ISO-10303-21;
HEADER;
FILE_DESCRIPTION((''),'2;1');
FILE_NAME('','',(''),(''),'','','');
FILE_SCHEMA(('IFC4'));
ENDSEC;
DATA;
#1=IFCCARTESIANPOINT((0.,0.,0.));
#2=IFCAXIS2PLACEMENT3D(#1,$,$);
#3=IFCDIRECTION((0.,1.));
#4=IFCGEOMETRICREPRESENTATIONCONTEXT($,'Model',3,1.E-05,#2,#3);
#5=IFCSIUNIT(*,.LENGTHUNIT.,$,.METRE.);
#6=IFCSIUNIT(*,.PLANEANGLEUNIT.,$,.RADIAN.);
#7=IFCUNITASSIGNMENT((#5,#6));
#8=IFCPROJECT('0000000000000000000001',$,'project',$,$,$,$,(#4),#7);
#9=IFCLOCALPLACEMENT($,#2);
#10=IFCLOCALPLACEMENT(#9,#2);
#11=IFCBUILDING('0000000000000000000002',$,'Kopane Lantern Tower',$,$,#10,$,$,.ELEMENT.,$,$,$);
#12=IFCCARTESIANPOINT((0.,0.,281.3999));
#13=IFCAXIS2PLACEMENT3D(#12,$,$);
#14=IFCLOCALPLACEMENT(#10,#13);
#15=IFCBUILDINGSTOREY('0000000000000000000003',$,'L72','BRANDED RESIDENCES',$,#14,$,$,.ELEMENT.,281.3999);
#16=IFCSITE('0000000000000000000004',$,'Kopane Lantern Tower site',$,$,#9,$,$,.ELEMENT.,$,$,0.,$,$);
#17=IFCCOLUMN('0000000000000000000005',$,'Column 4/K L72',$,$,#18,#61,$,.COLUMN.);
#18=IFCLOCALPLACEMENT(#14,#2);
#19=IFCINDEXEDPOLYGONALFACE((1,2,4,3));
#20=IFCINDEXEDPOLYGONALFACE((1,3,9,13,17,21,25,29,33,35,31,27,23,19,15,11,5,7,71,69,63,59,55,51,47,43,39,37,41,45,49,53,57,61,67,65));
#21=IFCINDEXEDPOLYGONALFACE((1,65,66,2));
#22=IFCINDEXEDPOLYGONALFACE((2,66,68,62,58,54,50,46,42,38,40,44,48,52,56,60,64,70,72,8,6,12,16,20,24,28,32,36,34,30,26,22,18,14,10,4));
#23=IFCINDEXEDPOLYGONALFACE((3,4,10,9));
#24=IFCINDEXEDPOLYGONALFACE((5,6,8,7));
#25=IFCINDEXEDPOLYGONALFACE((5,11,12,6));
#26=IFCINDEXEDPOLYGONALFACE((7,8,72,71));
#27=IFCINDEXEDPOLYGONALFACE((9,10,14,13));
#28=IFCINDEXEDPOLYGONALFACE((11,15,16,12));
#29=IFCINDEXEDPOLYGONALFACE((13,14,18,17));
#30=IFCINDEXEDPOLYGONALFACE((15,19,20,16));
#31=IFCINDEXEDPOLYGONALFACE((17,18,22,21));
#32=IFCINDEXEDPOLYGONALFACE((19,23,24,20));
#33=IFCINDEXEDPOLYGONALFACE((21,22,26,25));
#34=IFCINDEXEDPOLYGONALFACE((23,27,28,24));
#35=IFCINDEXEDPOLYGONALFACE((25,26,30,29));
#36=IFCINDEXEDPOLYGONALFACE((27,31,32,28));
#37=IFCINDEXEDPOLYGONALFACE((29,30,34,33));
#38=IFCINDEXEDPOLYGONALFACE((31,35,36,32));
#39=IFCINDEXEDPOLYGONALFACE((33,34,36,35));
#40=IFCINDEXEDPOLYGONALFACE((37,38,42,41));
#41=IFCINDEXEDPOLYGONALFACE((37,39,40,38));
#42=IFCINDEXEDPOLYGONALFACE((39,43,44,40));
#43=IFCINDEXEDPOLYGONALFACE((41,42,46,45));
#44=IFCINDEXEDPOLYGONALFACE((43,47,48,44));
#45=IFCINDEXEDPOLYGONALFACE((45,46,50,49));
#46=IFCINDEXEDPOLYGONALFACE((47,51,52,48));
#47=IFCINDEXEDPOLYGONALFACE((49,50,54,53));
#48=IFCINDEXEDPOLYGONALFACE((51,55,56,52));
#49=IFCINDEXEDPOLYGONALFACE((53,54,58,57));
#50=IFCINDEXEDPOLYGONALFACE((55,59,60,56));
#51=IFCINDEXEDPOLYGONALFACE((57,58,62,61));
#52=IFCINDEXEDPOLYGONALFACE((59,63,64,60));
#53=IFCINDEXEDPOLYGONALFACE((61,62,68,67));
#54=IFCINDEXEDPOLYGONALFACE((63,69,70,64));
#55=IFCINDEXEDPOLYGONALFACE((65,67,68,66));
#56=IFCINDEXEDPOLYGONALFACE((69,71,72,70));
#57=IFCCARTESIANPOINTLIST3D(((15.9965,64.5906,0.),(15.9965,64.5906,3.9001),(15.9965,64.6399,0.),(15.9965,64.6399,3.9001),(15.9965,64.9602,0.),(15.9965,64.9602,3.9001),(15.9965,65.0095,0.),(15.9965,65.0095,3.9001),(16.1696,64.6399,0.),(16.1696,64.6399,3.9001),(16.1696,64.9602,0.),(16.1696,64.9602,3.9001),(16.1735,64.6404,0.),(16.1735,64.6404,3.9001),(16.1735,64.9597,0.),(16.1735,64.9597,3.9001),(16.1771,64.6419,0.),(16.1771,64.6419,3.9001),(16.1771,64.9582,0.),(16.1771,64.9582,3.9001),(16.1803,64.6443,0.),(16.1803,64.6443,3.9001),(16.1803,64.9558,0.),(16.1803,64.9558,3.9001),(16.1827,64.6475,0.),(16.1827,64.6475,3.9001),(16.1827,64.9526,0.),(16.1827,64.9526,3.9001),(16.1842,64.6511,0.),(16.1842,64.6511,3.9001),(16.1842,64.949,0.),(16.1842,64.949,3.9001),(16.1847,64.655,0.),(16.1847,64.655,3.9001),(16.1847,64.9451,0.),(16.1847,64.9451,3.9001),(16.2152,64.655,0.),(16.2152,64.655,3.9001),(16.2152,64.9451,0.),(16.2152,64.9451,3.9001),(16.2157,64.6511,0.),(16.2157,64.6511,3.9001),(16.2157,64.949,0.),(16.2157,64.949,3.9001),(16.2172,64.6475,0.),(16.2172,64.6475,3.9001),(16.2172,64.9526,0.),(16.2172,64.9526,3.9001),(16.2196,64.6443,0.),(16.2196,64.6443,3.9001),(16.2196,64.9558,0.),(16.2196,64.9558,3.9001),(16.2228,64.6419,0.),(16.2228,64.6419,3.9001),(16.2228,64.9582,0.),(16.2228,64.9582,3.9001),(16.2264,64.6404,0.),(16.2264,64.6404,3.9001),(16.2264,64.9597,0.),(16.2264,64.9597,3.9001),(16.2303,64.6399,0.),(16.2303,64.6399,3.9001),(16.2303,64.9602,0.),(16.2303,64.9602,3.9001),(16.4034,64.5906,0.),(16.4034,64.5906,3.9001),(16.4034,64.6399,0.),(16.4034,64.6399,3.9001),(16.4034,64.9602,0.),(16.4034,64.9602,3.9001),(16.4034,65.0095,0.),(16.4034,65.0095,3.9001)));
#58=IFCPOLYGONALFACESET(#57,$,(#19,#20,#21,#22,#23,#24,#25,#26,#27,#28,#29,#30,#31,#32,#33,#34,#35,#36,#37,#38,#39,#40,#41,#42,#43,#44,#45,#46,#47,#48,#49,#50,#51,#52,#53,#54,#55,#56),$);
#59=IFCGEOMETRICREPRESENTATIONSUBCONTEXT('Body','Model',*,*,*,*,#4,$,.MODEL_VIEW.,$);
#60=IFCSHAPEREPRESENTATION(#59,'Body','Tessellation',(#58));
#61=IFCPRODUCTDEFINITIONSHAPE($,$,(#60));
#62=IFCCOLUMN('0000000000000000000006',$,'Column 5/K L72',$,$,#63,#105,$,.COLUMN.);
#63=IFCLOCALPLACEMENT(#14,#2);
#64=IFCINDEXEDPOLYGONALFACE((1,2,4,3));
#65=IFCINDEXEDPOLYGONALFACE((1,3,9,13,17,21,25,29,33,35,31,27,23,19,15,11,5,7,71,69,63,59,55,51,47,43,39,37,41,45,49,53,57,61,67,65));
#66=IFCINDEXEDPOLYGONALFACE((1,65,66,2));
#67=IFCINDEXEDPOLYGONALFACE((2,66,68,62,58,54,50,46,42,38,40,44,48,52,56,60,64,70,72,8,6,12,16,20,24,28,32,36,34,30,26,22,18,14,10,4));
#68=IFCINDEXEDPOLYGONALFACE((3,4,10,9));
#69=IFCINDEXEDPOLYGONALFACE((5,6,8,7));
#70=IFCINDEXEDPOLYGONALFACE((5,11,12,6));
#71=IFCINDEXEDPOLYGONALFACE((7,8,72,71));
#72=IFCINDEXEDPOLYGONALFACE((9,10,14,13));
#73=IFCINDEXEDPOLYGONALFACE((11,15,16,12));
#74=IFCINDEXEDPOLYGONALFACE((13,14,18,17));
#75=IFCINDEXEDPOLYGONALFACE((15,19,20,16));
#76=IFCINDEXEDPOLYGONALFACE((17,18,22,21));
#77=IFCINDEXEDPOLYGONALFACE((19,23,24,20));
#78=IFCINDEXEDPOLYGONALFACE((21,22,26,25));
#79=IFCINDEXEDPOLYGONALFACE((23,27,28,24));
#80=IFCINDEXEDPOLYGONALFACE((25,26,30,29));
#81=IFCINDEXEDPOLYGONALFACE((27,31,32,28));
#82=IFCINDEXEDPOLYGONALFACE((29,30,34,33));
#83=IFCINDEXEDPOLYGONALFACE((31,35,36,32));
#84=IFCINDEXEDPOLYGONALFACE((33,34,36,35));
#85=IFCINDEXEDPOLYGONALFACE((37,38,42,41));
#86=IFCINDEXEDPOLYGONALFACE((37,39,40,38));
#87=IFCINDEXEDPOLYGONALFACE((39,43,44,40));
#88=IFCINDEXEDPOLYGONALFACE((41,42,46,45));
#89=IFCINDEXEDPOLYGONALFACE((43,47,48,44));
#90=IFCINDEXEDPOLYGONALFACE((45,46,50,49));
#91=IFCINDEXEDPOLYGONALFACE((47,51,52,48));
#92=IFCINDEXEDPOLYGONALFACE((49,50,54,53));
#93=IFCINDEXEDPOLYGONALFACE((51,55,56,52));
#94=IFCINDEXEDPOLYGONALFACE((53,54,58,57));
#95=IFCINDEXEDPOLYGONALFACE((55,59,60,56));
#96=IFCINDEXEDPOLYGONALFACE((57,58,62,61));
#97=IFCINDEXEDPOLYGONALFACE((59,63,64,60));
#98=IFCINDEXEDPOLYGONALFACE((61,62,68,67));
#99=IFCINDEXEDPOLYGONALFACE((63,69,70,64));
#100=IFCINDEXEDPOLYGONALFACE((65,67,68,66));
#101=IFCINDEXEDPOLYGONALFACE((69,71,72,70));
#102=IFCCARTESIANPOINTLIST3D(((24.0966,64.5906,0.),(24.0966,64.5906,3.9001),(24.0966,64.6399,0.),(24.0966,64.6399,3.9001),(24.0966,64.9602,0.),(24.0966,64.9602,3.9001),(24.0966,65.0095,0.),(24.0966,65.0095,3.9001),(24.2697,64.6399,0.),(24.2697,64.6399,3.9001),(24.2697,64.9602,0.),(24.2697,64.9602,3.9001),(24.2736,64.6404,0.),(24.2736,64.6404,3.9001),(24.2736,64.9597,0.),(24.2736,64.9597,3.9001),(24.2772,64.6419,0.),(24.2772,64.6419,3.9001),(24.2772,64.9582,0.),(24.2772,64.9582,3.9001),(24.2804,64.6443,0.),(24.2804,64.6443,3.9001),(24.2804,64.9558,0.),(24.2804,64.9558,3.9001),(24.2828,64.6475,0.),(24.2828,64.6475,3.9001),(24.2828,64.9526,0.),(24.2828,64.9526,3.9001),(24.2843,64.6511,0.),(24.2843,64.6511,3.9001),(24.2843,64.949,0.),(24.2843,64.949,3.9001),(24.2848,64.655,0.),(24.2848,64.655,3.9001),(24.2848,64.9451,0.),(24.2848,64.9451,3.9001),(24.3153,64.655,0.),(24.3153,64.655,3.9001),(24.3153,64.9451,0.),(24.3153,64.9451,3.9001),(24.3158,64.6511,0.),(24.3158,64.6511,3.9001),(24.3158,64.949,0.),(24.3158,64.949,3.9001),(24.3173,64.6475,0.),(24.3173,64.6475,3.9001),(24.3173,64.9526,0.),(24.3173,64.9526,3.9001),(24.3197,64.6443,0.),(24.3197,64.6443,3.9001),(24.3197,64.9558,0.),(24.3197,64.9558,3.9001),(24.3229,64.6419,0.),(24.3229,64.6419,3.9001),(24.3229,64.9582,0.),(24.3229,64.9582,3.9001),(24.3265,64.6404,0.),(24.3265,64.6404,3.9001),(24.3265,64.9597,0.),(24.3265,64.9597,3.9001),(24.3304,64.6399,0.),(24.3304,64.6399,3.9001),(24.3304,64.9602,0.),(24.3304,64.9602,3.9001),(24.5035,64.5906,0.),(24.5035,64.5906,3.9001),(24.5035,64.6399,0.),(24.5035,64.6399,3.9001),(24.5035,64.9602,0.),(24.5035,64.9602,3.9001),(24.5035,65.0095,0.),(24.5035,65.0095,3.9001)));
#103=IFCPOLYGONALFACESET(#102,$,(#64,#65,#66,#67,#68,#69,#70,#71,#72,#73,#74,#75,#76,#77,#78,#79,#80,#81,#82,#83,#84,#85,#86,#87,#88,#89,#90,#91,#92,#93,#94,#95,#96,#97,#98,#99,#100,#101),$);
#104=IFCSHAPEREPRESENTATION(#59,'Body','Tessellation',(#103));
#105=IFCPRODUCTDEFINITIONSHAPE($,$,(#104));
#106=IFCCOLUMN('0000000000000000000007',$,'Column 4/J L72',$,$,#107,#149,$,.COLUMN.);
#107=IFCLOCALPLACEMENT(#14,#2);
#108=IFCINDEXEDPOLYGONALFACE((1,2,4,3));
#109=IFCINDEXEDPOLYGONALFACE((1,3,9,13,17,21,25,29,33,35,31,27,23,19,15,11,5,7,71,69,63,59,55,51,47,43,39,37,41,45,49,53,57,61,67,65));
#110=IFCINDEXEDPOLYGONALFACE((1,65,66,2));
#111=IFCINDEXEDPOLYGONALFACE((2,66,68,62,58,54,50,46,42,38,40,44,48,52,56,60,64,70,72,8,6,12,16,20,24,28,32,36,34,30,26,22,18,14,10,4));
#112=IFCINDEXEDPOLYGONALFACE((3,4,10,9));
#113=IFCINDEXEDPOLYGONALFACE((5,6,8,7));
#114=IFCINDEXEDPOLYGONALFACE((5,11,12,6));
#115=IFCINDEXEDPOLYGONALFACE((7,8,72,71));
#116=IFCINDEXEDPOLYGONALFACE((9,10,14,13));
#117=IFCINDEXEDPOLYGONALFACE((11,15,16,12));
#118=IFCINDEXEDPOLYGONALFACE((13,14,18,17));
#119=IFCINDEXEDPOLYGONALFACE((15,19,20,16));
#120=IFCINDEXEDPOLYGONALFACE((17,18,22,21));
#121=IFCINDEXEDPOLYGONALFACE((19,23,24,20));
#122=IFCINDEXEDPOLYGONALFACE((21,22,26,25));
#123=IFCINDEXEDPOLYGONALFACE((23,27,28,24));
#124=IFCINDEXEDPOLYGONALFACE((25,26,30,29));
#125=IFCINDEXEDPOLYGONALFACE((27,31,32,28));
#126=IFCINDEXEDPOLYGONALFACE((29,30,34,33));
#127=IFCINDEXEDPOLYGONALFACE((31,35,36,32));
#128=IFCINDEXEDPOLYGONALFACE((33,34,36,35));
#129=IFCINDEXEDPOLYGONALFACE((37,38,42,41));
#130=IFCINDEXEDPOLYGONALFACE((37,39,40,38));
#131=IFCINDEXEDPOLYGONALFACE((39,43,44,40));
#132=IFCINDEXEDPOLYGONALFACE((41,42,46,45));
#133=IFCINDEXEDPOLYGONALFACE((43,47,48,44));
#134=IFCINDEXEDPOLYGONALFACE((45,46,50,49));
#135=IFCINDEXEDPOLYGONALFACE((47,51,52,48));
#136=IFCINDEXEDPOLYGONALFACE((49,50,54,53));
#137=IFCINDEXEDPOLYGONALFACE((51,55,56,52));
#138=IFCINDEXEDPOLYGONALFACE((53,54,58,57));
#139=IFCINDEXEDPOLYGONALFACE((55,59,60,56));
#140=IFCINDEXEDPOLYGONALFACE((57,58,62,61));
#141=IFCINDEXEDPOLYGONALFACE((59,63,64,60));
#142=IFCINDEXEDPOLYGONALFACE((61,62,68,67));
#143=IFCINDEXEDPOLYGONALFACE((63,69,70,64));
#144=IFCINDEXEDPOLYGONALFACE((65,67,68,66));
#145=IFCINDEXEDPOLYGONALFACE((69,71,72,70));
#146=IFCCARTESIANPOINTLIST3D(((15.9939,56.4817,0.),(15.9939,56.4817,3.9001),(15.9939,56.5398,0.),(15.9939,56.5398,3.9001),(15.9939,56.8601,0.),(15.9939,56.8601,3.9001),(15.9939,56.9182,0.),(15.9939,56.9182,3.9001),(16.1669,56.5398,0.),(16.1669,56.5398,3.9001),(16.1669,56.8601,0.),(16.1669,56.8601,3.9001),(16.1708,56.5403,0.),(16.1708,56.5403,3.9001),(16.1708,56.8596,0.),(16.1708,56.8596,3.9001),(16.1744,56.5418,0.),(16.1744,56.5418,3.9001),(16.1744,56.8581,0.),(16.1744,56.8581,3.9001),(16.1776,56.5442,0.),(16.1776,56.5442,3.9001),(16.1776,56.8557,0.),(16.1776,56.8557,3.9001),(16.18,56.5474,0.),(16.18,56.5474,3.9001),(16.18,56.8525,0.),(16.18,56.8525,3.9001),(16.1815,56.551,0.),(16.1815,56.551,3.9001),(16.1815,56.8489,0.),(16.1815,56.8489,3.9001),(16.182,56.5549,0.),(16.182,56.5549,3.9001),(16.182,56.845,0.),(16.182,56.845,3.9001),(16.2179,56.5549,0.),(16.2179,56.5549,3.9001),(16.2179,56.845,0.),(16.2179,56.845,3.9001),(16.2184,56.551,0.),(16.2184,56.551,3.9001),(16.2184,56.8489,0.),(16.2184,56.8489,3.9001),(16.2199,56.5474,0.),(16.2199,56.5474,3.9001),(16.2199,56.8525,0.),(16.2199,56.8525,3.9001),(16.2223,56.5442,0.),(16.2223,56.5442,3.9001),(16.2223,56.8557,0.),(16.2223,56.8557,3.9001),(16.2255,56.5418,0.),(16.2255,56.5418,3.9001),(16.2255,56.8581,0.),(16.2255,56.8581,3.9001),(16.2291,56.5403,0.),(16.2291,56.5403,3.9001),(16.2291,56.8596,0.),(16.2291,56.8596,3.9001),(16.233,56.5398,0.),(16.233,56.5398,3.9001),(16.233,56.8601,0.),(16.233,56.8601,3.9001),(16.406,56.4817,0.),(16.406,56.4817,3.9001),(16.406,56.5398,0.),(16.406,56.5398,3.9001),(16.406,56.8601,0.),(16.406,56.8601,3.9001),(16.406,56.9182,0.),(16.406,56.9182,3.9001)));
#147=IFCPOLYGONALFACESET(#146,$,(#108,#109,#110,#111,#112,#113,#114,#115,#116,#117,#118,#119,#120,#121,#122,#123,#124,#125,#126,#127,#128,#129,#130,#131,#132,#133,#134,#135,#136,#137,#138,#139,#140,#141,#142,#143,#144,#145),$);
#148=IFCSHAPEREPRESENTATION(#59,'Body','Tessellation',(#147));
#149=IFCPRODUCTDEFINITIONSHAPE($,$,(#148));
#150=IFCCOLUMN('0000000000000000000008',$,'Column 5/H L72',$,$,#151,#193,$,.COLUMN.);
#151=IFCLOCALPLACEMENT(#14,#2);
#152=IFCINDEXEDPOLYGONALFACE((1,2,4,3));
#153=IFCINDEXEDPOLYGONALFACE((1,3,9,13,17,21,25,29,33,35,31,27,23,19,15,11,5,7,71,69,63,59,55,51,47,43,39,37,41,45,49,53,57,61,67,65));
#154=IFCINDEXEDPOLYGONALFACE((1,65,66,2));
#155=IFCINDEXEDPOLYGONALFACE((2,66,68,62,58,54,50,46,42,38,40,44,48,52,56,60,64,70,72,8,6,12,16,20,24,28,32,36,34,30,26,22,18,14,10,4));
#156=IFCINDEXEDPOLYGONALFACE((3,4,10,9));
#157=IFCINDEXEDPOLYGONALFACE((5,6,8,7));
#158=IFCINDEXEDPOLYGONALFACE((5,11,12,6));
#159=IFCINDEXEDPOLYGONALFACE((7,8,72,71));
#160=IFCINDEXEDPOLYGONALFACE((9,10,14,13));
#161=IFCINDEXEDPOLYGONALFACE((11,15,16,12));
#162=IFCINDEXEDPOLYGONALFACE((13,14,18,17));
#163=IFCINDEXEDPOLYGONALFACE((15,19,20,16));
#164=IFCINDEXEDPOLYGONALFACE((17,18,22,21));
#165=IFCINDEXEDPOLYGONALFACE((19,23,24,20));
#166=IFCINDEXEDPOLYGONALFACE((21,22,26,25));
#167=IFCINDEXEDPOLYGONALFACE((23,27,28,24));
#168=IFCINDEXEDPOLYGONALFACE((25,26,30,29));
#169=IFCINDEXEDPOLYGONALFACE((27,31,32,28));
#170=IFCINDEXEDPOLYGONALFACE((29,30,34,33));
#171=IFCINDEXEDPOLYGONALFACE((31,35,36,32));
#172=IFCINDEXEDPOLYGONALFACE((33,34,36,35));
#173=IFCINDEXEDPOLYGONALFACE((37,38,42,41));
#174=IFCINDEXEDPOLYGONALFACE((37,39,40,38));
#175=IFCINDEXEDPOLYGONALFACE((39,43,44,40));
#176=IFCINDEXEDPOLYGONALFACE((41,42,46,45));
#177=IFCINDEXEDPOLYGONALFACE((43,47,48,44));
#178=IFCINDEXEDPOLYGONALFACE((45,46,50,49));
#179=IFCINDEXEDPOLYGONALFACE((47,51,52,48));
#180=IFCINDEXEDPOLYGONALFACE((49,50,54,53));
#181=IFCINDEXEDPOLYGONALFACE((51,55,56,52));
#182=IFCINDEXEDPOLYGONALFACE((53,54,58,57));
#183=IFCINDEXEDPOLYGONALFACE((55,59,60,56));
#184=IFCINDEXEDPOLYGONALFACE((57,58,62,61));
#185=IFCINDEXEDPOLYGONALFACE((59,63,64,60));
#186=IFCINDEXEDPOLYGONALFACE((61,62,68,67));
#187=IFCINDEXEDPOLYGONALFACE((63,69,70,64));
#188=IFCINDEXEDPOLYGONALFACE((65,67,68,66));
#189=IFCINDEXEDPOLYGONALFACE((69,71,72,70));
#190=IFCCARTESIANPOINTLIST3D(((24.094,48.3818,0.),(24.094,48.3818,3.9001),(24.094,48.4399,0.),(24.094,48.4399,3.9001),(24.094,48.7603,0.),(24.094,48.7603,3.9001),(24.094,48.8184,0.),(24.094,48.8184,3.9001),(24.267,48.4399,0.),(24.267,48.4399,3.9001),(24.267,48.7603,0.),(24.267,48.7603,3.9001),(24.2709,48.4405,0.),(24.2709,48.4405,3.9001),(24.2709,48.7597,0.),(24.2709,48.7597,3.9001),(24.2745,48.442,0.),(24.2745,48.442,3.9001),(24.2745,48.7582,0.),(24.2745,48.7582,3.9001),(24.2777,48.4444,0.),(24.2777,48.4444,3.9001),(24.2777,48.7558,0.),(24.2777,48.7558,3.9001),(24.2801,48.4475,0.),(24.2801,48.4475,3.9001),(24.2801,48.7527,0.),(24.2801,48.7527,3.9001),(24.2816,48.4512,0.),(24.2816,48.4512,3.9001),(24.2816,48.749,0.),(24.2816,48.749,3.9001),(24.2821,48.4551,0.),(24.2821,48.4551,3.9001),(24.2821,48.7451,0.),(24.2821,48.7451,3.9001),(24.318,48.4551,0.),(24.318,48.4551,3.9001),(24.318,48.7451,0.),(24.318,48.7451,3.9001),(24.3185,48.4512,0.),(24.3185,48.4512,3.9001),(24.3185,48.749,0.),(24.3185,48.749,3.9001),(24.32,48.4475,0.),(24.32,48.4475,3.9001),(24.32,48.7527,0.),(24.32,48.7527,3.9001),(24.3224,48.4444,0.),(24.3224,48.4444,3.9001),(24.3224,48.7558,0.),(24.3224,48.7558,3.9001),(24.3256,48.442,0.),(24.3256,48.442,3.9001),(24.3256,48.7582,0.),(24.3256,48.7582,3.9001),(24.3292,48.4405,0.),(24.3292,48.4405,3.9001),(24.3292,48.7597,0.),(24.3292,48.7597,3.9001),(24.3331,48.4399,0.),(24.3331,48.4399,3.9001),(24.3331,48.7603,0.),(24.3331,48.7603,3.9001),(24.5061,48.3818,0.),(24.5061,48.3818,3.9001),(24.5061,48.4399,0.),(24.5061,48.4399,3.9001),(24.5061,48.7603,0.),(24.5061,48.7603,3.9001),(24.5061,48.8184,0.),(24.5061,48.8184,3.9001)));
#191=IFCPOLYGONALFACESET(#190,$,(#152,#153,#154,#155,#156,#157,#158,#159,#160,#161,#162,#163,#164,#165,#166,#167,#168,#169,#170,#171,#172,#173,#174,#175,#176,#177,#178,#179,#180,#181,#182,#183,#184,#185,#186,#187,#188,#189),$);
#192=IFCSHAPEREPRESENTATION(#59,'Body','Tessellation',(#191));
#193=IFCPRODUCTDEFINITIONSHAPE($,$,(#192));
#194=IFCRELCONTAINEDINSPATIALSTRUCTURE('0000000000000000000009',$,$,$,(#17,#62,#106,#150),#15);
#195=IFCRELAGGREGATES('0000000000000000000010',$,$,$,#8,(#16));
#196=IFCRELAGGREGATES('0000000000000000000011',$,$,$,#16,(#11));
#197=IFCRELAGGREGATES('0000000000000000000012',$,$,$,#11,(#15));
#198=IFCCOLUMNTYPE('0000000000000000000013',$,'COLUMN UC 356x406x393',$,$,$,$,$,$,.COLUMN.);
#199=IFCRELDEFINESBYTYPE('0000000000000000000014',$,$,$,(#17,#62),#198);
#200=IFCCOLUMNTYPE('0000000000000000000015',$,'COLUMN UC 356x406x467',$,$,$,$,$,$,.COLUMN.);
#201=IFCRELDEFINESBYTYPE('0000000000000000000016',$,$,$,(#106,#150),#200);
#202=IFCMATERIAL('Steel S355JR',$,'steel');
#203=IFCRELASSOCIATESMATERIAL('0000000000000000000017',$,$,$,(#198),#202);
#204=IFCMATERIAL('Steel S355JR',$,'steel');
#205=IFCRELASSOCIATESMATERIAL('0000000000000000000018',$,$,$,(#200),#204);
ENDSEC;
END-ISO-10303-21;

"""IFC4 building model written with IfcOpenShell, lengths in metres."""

from ifc_helpers import new_model, si_unit, direction, frame, origin, origin_2d, place, context, subcontext, project, spatial, i_section, extrude, material, material_profile, profile_set, type_object, element, save


model = new_model("IFC4")

# Units and contexts
model_context = context("Model", 3, precision=1e-05, world=origin(), true_north=direction((0.0, 1.0)))
body_context = subcontext(model_context, "Body", "Model", "MODEL_VIEW")
ifc_project = project(units=[si_unit("LENGTHUNIT", "METRE"), si_unit("PLANEANGLEUNIT", "RADIAN")], contexts=[model_context])

# Site, building, storey
site_placement = place(None, origin())
site = spatial("IfcSite", under=ifc_project, at=site_placement, Name="Kopane Lantern Tower site", CompositionType="ELEMENT", RefElevation=0.0)
building_placement = place(site_placement, origin())
building = spatial("IfcBuilding", under=site, at=building_placement, Name="Kopane Lantern Tower", CompositionType="ELEMENT")
storey_placement = place(building_placement, frame((0.0, 0.0, 281.3999)))
storey = spatial("IfcBuildingStorey", under=building, at=storey_placement, Name="L72", Description="BRANDED RESIDENCES", CompositionType="ELEMENT", Elevation=281.3999)

# Columns
ifc_material_1 = material(Name="Steel S355JR", Category="steel")
ifc_material_profile_1 = material_profile(ifc_material_1, i_section(OverallWidth=0.407, OverallDepth=0.4189, WebThickness=0.0305, FlangeThickness=0.0493, FilletRadius=0.0151, at=origin_2d()), Name="UC 356x406x393")
ifc_profile_set_1 = profile_set([ifc_material_profile_1], Name="Steel S355JR")
column_type_1 = type_object("IfcColumnType", Name="COLUMN UC 356x406x393", PredefinedType="COLUMN", material=ifc_profile_set_1)
for number, where, z_axis, x_axis, name in (
    (1, (16.2, 64.8, 0.0), (0.0, 0.0, 1.0), (1.0, 0.0, 0.0), "Column 4/K L72"),
    (2, (24.3, 64.8, 0.0), (0.0, 0.0, 1.0), (1.0, 0.0, 0.0), "Column 5/K L72"),
):
    element("IfcColumn", number, at=place(storey_placement, frame(where, z_axis=z_axis, x_axis=x_axis)), inside=storey, type_object=column_type_1, Name=name, PredefinedType="COLUMN", context=body_context, shape_type="SweptSolid", body=[
        extrude(i_section(OverallWidth=0.407, OverallDepth=0.4189, WebThickness=0.0305, FlangeThickness=0.0493, FilletRadius=0.0151, at=origin_2d()), origin(), (0.0, 0.0, 1.0), 3.9001),
    ])
ifc_material_2 = material(Name="Steel S355JR", Category="steel")
ifc_material_profile_2 = material_profile(ifc_material_2, i_section(OverallWidth=0.4121, OverallDepth=0.4365, WebThickness=0.0359, FlangeThickness=0.0581, FilletRadius=0.0151, at=origin_2d()), Name="UC 356x406x467")
ifc_profile_set_2 = profile_set([ifc_material_profile_2], Name="Steel S355JR")
column_type_2 = type_object("IfcColumnType", Name="COLUMN UC 356x406x467", PredefinedType="COLUMN", material=ifc_profile_set_2)
for number, where, z_axis, x_axis, name in (
    (3, (16.2, 56.7, 0.0), (0.0, 0.0, 1.0), (1.0, 0.0, 0.0), "Column 4/J L72"),
    (4, (24.3, 48.6001, 0.0), (0.0, 0.0, 1.0), (1.0, 0.0, 0.0), "Column 5/H L72"),
):
    element("IfcColumn", number, at=place(storey_placement, frame(where, z_axis=z_axis, x_axis=x_axis)), inside=storey, type_object=column_type_2, Name=name, PredefinedType="COLUMN", context=body_context, shape_type="SweptSolid", body=[
        extrude(i_section(OverallWidth=0.4121, OverallDepth=0.4365, WebThickness=0.0359, FlangeThickness=0.0581, FilletRadius=0.0151, at=origin_2d()), origin(), (0.0, 0.0, 1.0), 3.9001),
    ])

save(model, "model.ifc")
